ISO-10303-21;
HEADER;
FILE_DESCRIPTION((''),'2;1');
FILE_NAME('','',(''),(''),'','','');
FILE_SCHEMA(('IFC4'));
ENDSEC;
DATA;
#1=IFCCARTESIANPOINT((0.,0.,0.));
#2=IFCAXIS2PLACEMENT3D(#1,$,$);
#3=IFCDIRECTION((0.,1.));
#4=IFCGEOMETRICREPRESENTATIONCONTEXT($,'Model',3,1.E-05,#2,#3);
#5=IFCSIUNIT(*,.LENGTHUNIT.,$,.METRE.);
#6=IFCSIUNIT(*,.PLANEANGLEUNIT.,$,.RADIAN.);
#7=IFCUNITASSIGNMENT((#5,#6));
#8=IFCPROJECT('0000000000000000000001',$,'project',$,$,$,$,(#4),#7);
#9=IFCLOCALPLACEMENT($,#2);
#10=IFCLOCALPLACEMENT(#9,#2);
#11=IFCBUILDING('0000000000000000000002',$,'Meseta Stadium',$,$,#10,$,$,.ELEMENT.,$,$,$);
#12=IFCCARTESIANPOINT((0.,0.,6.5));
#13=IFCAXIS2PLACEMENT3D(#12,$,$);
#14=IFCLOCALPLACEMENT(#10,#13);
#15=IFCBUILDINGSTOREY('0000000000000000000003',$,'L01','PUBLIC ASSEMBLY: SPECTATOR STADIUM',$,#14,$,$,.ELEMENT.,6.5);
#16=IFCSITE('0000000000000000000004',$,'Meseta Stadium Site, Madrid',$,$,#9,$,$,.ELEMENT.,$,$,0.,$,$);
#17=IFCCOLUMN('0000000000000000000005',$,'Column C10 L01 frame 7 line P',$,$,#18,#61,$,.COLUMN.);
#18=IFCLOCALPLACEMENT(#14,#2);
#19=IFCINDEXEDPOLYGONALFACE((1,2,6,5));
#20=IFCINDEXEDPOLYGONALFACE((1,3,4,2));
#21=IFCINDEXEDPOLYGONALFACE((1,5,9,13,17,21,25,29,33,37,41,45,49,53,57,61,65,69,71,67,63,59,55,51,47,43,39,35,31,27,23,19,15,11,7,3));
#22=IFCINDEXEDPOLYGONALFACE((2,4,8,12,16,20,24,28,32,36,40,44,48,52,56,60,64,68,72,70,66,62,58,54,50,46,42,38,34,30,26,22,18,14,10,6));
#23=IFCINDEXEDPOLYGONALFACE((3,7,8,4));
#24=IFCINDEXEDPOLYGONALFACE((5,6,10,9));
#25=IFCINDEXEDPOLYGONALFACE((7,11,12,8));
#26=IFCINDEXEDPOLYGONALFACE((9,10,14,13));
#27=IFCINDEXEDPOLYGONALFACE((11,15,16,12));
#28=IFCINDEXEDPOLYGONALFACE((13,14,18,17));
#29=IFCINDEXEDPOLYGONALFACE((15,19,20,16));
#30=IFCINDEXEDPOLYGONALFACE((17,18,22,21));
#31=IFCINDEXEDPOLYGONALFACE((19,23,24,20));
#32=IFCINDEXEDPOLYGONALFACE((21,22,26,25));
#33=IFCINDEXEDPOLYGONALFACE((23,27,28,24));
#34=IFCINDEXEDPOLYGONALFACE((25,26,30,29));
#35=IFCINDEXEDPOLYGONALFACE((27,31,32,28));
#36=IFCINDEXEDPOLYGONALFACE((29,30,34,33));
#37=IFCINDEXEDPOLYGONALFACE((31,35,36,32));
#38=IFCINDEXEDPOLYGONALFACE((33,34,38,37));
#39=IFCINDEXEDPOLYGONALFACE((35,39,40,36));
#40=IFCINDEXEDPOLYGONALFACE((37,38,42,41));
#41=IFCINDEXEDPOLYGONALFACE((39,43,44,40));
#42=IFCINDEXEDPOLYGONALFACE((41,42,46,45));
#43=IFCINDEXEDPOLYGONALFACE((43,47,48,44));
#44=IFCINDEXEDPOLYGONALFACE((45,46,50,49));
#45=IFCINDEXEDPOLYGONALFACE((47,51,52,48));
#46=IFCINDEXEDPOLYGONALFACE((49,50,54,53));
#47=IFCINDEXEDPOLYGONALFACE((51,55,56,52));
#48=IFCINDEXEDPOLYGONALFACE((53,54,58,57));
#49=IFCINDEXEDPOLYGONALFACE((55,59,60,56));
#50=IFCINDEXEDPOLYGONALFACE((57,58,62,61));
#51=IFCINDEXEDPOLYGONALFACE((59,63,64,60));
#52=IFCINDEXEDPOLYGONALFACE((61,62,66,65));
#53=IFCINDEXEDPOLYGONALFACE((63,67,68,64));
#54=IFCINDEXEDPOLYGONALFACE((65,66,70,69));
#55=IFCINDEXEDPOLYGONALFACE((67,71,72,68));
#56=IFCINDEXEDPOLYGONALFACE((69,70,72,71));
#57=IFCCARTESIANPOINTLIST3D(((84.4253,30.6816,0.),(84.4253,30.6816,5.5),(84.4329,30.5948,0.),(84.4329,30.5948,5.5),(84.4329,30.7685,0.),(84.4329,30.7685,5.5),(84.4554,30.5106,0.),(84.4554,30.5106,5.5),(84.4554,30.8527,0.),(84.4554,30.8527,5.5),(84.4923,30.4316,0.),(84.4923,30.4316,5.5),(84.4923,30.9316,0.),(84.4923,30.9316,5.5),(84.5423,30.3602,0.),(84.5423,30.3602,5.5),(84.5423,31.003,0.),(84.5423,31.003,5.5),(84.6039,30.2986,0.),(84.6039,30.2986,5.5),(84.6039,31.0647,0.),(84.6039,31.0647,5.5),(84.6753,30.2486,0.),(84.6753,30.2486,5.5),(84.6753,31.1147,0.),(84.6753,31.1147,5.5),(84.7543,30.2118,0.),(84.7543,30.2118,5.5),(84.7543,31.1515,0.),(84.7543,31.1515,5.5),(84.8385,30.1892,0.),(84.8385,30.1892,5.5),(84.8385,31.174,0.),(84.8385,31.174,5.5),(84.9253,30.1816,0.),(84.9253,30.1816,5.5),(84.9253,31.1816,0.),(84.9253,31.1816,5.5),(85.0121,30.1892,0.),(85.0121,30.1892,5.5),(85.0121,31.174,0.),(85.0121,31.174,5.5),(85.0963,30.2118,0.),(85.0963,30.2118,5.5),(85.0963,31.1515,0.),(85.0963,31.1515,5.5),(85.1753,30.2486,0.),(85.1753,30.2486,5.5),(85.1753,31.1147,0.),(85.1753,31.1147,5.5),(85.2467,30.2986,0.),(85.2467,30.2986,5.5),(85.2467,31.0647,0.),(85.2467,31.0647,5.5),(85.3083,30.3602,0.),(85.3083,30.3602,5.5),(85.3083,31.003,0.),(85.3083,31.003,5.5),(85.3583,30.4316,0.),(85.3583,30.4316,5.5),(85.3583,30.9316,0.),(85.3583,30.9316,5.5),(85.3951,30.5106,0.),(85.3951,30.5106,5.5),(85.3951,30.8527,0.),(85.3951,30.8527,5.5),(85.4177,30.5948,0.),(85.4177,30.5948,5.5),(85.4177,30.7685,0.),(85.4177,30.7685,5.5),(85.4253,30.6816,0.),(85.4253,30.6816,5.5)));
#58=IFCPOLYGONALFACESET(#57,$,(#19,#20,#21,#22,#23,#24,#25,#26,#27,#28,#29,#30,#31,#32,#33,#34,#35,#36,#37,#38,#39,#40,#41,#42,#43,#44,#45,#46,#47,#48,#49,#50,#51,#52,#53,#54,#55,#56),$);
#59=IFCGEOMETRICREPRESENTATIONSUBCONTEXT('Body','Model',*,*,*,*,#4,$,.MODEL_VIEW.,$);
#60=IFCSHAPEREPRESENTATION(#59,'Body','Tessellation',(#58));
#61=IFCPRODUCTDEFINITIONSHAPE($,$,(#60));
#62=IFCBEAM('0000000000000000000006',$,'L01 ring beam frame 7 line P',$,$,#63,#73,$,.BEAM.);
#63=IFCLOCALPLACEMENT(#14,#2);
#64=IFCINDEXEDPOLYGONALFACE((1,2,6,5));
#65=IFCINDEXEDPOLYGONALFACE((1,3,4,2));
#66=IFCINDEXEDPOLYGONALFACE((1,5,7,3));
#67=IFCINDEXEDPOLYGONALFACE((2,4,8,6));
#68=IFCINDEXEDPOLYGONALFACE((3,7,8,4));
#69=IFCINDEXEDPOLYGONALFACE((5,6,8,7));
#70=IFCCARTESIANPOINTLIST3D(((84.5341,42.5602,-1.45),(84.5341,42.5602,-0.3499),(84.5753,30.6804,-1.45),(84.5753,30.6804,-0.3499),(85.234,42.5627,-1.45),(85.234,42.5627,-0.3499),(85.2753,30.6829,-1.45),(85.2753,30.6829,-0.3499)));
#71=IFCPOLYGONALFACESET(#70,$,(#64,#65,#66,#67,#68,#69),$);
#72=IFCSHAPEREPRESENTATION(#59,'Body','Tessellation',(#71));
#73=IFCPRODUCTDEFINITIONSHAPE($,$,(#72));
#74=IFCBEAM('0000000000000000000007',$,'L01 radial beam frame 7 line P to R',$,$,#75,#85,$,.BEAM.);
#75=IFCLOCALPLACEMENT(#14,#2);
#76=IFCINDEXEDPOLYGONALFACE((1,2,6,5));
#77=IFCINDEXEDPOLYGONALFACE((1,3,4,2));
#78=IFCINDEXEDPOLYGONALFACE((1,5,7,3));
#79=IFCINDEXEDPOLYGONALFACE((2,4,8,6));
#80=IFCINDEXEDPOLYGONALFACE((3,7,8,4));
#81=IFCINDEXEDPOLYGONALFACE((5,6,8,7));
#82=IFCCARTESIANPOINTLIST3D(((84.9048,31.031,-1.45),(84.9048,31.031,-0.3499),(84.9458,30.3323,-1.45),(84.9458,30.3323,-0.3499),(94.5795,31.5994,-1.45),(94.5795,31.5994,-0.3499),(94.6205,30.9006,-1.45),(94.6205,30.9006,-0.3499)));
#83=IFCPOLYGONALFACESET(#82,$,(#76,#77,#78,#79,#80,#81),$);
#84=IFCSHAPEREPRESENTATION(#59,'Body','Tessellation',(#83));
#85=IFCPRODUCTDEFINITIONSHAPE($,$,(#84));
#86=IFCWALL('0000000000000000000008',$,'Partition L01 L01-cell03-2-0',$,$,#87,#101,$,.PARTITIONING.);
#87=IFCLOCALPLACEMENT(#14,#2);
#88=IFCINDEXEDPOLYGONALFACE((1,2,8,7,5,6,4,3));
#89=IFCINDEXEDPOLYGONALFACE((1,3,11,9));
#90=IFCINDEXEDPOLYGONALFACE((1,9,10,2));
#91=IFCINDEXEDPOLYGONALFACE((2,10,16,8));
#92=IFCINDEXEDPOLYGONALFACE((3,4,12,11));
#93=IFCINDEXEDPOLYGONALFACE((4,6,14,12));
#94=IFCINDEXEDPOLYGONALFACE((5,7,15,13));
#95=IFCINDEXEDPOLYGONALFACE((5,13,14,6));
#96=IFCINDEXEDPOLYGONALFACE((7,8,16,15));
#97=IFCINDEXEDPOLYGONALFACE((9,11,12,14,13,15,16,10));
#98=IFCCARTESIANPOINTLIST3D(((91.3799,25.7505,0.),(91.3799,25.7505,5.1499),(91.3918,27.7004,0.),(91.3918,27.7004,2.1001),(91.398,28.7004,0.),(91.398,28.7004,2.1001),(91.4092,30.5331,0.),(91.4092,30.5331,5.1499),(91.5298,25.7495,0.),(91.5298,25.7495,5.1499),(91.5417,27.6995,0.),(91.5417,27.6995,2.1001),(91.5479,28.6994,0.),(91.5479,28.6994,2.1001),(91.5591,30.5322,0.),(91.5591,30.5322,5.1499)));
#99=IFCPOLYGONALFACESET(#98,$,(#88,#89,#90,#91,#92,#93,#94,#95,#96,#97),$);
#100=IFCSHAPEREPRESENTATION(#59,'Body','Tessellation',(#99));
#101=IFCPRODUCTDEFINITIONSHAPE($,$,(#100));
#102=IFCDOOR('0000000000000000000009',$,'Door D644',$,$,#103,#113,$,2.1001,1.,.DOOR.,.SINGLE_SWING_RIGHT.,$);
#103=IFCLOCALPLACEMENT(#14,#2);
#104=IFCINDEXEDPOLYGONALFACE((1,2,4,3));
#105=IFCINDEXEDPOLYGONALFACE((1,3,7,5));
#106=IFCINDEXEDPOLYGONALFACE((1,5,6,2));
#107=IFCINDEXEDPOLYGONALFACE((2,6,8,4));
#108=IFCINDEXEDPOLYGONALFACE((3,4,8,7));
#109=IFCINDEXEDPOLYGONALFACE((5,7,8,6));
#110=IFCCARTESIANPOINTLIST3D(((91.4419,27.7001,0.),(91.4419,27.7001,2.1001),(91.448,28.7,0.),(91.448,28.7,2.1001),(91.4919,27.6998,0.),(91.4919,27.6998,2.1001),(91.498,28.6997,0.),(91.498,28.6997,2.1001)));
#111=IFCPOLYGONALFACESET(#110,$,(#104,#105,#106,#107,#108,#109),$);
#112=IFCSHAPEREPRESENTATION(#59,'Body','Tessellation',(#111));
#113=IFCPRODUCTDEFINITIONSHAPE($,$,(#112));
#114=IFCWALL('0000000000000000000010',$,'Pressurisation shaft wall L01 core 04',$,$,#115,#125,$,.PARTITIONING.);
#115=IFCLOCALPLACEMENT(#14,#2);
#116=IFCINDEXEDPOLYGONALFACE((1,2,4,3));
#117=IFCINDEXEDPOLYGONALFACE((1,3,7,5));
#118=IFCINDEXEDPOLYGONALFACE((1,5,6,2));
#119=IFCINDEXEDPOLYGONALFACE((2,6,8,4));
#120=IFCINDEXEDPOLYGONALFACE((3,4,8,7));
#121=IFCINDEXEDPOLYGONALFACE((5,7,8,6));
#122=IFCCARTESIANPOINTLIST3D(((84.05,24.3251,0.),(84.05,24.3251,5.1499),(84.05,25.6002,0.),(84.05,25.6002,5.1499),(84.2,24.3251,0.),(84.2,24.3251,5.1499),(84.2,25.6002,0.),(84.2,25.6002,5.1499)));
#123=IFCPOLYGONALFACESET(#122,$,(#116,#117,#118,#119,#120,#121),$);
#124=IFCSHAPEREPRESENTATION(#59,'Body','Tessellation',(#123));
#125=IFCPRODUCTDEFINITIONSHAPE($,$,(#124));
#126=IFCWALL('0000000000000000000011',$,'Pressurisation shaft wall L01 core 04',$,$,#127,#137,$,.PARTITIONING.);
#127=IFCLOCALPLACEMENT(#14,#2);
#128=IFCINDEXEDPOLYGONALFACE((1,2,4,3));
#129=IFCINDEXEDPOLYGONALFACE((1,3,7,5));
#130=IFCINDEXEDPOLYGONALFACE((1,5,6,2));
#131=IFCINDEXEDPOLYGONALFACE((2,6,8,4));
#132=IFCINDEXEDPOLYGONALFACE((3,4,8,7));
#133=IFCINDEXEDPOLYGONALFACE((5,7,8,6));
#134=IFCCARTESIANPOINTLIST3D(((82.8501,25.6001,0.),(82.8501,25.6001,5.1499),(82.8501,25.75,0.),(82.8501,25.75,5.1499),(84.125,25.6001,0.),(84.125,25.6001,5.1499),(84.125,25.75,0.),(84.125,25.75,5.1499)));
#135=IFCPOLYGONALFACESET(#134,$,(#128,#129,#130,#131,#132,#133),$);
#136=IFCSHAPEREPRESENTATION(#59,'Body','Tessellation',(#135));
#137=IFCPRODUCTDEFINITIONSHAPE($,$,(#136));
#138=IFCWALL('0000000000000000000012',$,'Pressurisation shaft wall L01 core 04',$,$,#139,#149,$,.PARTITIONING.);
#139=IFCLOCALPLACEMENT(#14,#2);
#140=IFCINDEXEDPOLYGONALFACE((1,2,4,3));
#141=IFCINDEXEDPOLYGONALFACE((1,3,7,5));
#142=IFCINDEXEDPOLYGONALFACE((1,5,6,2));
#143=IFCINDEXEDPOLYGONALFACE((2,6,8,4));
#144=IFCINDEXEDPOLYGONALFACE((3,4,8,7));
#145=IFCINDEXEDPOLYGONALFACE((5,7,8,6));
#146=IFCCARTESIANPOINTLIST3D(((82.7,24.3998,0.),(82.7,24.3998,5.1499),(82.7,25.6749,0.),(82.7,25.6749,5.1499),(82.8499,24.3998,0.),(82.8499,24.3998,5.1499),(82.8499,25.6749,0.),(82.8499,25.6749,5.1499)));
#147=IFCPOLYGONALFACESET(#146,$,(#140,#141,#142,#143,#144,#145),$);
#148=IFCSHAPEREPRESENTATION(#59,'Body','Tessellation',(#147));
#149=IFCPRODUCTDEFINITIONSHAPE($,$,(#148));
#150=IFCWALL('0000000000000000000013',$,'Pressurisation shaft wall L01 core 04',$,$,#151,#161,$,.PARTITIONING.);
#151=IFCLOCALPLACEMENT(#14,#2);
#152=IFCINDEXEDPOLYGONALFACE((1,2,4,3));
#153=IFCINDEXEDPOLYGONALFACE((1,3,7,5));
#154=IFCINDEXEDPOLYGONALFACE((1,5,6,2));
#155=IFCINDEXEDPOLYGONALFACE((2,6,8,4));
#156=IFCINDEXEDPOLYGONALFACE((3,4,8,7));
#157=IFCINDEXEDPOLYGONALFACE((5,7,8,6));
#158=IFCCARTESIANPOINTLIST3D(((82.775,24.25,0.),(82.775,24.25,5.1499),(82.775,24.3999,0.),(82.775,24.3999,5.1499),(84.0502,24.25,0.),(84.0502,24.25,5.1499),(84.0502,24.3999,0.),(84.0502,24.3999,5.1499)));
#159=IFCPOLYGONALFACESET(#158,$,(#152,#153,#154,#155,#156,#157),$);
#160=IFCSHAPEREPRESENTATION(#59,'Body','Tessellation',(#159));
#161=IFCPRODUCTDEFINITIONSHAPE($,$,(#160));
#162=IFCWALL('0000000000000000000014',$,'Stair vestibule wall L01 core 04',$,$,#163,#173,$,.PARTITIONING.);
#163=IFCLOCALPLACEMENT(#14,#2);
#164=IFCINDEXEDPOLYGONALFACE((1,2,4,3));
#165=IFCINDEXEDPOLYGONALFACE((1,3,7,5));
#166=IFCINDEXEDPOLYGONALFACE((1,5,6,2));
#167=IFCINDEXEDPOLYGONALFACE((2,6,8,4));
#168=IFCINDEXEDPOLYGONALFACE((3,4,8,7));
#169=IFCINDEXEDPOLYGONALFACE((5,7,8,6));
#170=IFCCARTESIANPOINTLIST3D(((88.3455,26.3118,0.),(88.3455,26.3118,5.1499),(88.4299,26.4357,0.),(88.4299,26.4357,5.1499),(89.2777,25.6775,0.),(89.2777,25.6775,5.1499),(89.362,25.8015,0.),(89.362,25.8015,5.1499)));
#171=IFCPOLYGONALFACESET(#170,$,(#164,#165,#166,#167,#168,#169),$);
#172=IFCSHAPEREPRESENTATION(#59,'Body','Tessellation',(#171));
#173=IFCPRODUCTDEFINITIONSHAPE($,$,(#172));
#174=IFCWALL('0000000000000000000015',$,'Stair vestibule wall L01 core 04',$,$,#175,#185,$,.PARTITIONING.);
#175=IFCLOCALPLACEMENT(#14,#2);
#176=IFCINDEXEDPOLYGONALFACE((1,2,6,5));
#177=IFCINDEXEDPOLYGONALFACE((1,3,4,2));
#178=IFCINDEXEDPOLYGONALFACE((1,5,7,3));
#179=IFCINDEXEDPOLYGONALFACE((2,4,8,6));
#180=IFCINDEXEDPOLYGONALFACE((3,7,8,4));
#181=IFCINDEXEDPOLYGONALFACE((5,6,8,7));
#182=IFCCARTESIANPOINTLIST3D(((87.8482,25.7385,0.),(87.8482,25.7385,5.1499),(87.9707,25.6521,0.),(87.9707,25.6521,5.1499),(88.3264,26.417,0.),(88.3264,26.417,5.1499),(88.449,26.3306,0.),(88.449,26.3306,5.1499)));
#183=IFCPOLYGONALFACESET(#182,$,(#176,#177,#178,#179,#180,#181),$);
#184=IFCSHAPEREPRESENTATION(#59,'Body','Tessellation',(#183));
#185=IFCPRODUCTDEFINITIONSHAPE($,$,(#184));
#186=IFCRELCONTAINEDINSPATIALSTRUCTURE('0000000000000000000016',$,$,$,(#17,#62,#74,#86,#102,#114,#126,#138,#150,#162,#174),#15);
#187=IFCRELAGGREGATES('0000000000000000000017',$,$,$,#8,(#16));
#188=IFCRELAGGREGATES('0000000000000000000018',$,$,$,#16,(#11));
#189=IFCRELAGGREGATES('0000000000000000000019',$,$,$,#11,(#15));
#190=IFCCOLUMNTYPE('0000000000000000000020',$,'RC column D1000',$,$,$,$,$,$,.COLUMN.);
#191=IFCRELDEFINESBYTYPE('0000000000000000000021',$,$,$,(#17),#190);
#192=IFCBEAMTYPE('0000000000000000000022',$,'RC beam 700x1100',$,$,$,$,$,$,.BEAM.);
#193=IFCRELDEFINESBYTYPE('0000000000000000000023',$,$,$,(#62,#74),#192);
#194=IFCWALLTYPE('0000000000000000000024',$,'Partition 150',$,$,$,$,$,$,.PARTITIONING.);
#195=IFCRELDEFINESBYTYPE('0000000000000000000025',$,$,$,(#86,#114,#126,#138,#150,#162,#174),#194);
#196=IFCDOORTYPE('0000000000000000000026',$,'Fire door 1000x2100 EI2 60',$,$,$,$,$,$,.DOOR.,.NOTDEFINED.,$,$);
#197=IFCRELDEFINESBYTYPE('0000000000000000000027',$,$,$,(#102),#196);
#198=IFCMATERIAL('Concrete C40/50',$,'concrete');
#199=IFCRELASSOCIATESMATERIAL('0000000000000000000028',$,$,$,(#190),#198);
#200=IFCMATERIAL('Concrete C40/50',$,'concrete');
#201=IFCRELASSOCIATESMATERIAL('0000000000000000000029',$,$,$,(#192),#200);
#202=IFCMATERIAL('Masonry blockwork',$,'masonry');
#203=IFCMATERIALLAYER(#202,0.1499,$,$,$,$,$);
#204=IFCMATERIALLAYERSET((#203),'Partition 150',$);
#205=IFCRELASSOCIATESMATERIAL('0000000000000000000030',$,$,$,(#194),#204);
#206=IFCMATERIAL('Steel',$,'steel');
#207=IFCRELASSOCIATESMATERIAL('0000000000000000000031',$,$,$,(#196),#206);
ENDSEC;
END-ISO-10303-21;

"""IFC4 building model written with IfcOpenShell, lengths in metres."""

from ifc_helpers import new_model, si_unit, direction, frame, frame_2d, origin, origin_2d, place, context, subcontext, project, spatial, rectangle, circle, extrude, material, layer, layer_set, material_profile, profile_set, type_object, element, fill, save


model = new_model("IFC4")

# Units and contexts
model_context = context("Model", 3, precision=1e-05, world=origin(), true_north=direction((0.0, 1.0)))
body_context = subcontext(model_context, "Body", "Model", "MODEL_VIEW")
ifc_project = project(units=[si_unit("LENGTHUNIT", "METRE"), si_unit("PLANEANGLEUNIT", "RADIAN")], contexts=[model_context])

# Site, building, storey
site_placement = place(None, origin())
site = spatial("IfcSite", under=ifc_project, at=site_placement, Name="Meseta Stadium Site, Madrid", CompositionType="ELEMENT", RefElevation=0.0)
building_placement = place(site_placement, origin())
building = spatial("IfcBuilding", under=site, at=building_placement, Name="Meseta Stadium", CompositionType="ELEMENT")
storey_placement = place(building_placement, frame((0.0, 0.0, 6.5)))
storey = spatial("IfcBuildingStorey", under=building, at=storey_placement, Name="L01", Description="PUBLIC ASSEMBLY: SPECTATOR STADIUM", CompositionType="ELEMENT", Elevation=6.5)

# Column
ifc_material_1 = material(Name="Concrete C40/50", Category="concrete")
ifc_material_profile_1 = material_profile(ifc_material_1, circle(Radius=0.5, at=origin_2d()), Name="RC D1000")
ifc_profile_set_1 = profile_set([ifc_material_profile_1], Name="Concrete C40/50")
column_type = type_object("IfcColumnType", Name="RC column D1000", PredefinedType="COLUMN", material=ifc_profile_set_1)
column_placement = place(storey_placement, frame((84.9253, 30.6816, 0.0), z_axis=(0.0, 0.0, 1.0), x_axis=(1.0, 0.0, 0.0)))
element("IfcColumn", 1, at=column_placement, inside=storey, type_object=column_type, Name="Column C10 L01 frame 7 line P", PredefinedType="COLUMN", context=body_context, shape_type="SweptSolid", body=[
    extrude(circle(Radius=0.5, at=origin_2d()), origin(), (0.0, 0.0, 1.0), 5.5),
])

# Beams
ifc_material_2 = material(Name="Concrete C40/50", Category="concrete")
ifc_material_profile_2 = material_profile(ifc_material_2, rectangle(XDim=0.7, YDim=1.1001, at=origin_2d()), Name="RC 700x1100")
ifc_profile_set_2 = profile_set([ifc_material_profile_2], Name="Concrete C40/50")
beam_type = type_object("IfcBeamType", Name="RC beam 700x1100", PredefinedType="BEAM", material=ifc_profile_set_2)
beam_1_placement = place(storey_placement, frame((84.9253, 30.6816, -0.8999), z_axis=(-0.003473, 0.999994, 0.0), x_axis=(-0.999994, -0.003473, 0.0)))
element("IfcBeam", 2, at=beam_1_placement, inside=storey, type_object=beam_type, Name="L01 ring beam frame 7 line P", PredefinedType="BEAM", context=body_context, shape_type="SweptSolid", body=[
    extrude(rectangle(XDim=0.7, YDim=1.1001, at=origin_2d()), origin(), (0.0, 0.0, 1.0), 11.8799),
])
beam_2_placement = place(storey_placement, frame((84.9253, 30.6816, -0.8999), z_axis=(0.998279, 0.058645, 0.0), x_axis=(-0.058645, 0.998279, 0.0)))
element("IfcBeam", 3, at=beam_2_placement, inside=storey, type_object=beam_type, Name="L01 radial beam frame 7 line P to R", PredefinedType="BEAM", context=body_context, shape_type="SweptSolid", body=[
    extrude(rectangle(XDim=0.7, YDim=1.1001, at=origin_2d()), origin(), (0.0, 0.0, 1.0), 9.6914),
])

# Wall, opening, door
ifc_material_3 = material(Name="Masonry blockwork", Category="masonry")
ifc_layer = layer(ifc_material_3, 0.1499)
ifc_layer_set = layer_set([ifc_layer], Name="Partition 150")
wall_type = type_object("IfcWallType", Name="Partition 150", PredefinedType="PARTITIONING", material=ifc_layer_set)
wall_1_placement = place(storey_placement, frame((91.4548, 25.75, 0.0), z_axis=(0.0, 0.0, 1.0), x_axis=(0.006125, 0.999981, 0.0)))
wall_1 = element("IfcWall", 4, at=wall_1_placement, inside=storey, type_object=wall_type, Name="Partition L01 L01-cell03-2-0", PredefinedType="PARTITIONING", context=body_context, shape_type="SweptSolid", body=[
    extrude(rectangle(XDim=4.7827, YDim=0.1499, at=frame_2d((2.3914, 0.0))), origin(), (0.0, 0.0, 1.0), 5.1499),
])
opening_1_placement = place(wall_1_placement, frame((1.95, 0.0, 0.0)))
opening_1 = element("IfcOpeningElement", 5, at=opening_1_placement, cuts=wall_1, PredefinedType="OPENING", context=body_context, shape_type="SweptSolid", body=[
    extrude(rectangle(XDim=1.0, YDim=2.1001, at=frame_2d((0.5, 1.05))), frame((0.0, 0.085, 0.0), z_axis=(0.0, -1.0, 0.0), x_axis=(1.0, 0.0, 0.0)), (0.0, 0.0, 1.0), 0.1699),
])
ifc_material_4 = material(Name="Steel", Category="steel")
door_type_1 = type_object("IfcDoorType", Name="Fire door 1000x2100 EI2 60", OperationType="NOTDEFINED", PredefinedType="DOOR", material=ifc_material_4)
door_1_placement = place(opening_1_placement, origin())
door_1 = element("IfcDoor", 6, at=door_1_placement, inside=storey, type_object=door_type_1, Name="Door D644", OperationType="SINGLE_SWING_RIGHT", OverallHeight=2.1001, OverallWidth=1.0, PredefinedType="DOOR", context=body_context, shape_type="SweptSolid", body=[
    extrude(rectangle(XDim=1.0, YDim=2.1001, at=frame_2d((0.5, 1.05))), frame((0.0, 0.0249, 0.0), z_axis=(0.0, -1.0, 0.0), x_axis=(1.0, 0.0, 0.0)), (0.0, 0.0, 1.0), 0.05),
])
fill(opening_1, door_1)

# Walls
wall_2_placement = place(storey_placement, frame((84.125, 24.325, 0.0), z_axis=(0.0, 0.0, 1.0), x_axis=(0.0, 1.0, 0.0)))
element("IfcWall", 7, at=wall_2_placement, inside=storey, type_object=wall_type, Name="Pressurisation shaft wall L01 core 04", PredefinedType="PARTITIONING", context=body_context, shape_type="SweptSolid", body=[
    extrude(rectangle(XDim=1.2751, YDim=0.1499, at=frame_2d((0.6377, 0.0))), origin(), (0.0, 0.0, 1.0), 5.1499),
])
wall_3_placement = place(storey_placement, frame((84.125, 25.675, 0.0), z_axis=(0.0, 0.0, 1.0), x_axis=(-1.0, 0.0, 0.0)))
element("IfcWall", 8, at=wall_3_placement, inside=storey, type_object=wall_type, Name="Pressurisation shaft wall L01 core 04", PredefinedType="PARTITIONING", context=body_context, shape_type="SweptSolid", body=[
    extrude(rectangle(XDim=1.2749, YDim=0.1499, at=frame_2d((0.6375, 0.0))), origin(), (0.0, 0.0, 1.0), 5.1499),
])
for number, where, z_axis, x_axis, name in (
    (9, (82.7749, 25.675, 0.0), (0.0, 0.0, 1.0), (0.0, -1.0, 0.0), "Pressurisation shaft wall L01 core 04"),
    (10, (82.7749, 24.325, 0.0), (0.0, 0.0, 1.0), (1.0, 0.0, 0.0), "Pressurisation shaft wall L01 core 04"),
):
    element("IfcWall", number, at=place(storey_placement, frame(where, z_axis=z_axis, x_axis=x_axis)), inside=storey, type_object=wall_type, Name=name, PredefinedType="PARTITIONING", context=body_context, shape_type="SweptSolid", body=[
        extrude(rectangle(XDim=1.2751, YDim=0.1499, at=frame_2d((0.6377, 0.0))), origin(), (0.0, 0.0, 1.0), 5.1499),
    ])
wall_4_placement = place(storey_placement, frame((89.3198, 25.7395, 0.0), z_axis=(0.0, 0.0, 1.0), x_axis=(-0.826749, 0.562571, 0.0)))
element("IfcWall", 11, at=wall_4_placement, inside=storey, type_object=wall_type, Name="Stair vestibule wall L01 core 04", PredefinedType="PARTITIONING", context=body_context, shape_type="SweptSolid", body=[
    extrude(rectangle(XDim=1.1274, YDim=0.1499, at=frame_2d((0.5637, 0.0))), origin(), (0.0, 0.0, 1.0), 5.1499),
])
wall_5_placement = place(storey_placement, frame((88.3877, 26.3738, 0.0), z_axis=(0.0, 0.0, 1.0), x_axis=(-0.576163, -0.817334, 0.0)))
element("IfcWall", 12, at=wall_5_placement, inside=storey, type_object=wall_type, Name="Stair vestibule wall L01 core 04", PredefinedType="PARTITIONING", context=body_context, shape_type="SweptSolid", body=[
    extrude(rectangle(XDim=0.8301, YDim=0.1499, at=frame_2d((0.415, 0.0))), origin(), (0.0, 0.0, 1.0), 5.1499),
])

save(model, "model.ifc")
